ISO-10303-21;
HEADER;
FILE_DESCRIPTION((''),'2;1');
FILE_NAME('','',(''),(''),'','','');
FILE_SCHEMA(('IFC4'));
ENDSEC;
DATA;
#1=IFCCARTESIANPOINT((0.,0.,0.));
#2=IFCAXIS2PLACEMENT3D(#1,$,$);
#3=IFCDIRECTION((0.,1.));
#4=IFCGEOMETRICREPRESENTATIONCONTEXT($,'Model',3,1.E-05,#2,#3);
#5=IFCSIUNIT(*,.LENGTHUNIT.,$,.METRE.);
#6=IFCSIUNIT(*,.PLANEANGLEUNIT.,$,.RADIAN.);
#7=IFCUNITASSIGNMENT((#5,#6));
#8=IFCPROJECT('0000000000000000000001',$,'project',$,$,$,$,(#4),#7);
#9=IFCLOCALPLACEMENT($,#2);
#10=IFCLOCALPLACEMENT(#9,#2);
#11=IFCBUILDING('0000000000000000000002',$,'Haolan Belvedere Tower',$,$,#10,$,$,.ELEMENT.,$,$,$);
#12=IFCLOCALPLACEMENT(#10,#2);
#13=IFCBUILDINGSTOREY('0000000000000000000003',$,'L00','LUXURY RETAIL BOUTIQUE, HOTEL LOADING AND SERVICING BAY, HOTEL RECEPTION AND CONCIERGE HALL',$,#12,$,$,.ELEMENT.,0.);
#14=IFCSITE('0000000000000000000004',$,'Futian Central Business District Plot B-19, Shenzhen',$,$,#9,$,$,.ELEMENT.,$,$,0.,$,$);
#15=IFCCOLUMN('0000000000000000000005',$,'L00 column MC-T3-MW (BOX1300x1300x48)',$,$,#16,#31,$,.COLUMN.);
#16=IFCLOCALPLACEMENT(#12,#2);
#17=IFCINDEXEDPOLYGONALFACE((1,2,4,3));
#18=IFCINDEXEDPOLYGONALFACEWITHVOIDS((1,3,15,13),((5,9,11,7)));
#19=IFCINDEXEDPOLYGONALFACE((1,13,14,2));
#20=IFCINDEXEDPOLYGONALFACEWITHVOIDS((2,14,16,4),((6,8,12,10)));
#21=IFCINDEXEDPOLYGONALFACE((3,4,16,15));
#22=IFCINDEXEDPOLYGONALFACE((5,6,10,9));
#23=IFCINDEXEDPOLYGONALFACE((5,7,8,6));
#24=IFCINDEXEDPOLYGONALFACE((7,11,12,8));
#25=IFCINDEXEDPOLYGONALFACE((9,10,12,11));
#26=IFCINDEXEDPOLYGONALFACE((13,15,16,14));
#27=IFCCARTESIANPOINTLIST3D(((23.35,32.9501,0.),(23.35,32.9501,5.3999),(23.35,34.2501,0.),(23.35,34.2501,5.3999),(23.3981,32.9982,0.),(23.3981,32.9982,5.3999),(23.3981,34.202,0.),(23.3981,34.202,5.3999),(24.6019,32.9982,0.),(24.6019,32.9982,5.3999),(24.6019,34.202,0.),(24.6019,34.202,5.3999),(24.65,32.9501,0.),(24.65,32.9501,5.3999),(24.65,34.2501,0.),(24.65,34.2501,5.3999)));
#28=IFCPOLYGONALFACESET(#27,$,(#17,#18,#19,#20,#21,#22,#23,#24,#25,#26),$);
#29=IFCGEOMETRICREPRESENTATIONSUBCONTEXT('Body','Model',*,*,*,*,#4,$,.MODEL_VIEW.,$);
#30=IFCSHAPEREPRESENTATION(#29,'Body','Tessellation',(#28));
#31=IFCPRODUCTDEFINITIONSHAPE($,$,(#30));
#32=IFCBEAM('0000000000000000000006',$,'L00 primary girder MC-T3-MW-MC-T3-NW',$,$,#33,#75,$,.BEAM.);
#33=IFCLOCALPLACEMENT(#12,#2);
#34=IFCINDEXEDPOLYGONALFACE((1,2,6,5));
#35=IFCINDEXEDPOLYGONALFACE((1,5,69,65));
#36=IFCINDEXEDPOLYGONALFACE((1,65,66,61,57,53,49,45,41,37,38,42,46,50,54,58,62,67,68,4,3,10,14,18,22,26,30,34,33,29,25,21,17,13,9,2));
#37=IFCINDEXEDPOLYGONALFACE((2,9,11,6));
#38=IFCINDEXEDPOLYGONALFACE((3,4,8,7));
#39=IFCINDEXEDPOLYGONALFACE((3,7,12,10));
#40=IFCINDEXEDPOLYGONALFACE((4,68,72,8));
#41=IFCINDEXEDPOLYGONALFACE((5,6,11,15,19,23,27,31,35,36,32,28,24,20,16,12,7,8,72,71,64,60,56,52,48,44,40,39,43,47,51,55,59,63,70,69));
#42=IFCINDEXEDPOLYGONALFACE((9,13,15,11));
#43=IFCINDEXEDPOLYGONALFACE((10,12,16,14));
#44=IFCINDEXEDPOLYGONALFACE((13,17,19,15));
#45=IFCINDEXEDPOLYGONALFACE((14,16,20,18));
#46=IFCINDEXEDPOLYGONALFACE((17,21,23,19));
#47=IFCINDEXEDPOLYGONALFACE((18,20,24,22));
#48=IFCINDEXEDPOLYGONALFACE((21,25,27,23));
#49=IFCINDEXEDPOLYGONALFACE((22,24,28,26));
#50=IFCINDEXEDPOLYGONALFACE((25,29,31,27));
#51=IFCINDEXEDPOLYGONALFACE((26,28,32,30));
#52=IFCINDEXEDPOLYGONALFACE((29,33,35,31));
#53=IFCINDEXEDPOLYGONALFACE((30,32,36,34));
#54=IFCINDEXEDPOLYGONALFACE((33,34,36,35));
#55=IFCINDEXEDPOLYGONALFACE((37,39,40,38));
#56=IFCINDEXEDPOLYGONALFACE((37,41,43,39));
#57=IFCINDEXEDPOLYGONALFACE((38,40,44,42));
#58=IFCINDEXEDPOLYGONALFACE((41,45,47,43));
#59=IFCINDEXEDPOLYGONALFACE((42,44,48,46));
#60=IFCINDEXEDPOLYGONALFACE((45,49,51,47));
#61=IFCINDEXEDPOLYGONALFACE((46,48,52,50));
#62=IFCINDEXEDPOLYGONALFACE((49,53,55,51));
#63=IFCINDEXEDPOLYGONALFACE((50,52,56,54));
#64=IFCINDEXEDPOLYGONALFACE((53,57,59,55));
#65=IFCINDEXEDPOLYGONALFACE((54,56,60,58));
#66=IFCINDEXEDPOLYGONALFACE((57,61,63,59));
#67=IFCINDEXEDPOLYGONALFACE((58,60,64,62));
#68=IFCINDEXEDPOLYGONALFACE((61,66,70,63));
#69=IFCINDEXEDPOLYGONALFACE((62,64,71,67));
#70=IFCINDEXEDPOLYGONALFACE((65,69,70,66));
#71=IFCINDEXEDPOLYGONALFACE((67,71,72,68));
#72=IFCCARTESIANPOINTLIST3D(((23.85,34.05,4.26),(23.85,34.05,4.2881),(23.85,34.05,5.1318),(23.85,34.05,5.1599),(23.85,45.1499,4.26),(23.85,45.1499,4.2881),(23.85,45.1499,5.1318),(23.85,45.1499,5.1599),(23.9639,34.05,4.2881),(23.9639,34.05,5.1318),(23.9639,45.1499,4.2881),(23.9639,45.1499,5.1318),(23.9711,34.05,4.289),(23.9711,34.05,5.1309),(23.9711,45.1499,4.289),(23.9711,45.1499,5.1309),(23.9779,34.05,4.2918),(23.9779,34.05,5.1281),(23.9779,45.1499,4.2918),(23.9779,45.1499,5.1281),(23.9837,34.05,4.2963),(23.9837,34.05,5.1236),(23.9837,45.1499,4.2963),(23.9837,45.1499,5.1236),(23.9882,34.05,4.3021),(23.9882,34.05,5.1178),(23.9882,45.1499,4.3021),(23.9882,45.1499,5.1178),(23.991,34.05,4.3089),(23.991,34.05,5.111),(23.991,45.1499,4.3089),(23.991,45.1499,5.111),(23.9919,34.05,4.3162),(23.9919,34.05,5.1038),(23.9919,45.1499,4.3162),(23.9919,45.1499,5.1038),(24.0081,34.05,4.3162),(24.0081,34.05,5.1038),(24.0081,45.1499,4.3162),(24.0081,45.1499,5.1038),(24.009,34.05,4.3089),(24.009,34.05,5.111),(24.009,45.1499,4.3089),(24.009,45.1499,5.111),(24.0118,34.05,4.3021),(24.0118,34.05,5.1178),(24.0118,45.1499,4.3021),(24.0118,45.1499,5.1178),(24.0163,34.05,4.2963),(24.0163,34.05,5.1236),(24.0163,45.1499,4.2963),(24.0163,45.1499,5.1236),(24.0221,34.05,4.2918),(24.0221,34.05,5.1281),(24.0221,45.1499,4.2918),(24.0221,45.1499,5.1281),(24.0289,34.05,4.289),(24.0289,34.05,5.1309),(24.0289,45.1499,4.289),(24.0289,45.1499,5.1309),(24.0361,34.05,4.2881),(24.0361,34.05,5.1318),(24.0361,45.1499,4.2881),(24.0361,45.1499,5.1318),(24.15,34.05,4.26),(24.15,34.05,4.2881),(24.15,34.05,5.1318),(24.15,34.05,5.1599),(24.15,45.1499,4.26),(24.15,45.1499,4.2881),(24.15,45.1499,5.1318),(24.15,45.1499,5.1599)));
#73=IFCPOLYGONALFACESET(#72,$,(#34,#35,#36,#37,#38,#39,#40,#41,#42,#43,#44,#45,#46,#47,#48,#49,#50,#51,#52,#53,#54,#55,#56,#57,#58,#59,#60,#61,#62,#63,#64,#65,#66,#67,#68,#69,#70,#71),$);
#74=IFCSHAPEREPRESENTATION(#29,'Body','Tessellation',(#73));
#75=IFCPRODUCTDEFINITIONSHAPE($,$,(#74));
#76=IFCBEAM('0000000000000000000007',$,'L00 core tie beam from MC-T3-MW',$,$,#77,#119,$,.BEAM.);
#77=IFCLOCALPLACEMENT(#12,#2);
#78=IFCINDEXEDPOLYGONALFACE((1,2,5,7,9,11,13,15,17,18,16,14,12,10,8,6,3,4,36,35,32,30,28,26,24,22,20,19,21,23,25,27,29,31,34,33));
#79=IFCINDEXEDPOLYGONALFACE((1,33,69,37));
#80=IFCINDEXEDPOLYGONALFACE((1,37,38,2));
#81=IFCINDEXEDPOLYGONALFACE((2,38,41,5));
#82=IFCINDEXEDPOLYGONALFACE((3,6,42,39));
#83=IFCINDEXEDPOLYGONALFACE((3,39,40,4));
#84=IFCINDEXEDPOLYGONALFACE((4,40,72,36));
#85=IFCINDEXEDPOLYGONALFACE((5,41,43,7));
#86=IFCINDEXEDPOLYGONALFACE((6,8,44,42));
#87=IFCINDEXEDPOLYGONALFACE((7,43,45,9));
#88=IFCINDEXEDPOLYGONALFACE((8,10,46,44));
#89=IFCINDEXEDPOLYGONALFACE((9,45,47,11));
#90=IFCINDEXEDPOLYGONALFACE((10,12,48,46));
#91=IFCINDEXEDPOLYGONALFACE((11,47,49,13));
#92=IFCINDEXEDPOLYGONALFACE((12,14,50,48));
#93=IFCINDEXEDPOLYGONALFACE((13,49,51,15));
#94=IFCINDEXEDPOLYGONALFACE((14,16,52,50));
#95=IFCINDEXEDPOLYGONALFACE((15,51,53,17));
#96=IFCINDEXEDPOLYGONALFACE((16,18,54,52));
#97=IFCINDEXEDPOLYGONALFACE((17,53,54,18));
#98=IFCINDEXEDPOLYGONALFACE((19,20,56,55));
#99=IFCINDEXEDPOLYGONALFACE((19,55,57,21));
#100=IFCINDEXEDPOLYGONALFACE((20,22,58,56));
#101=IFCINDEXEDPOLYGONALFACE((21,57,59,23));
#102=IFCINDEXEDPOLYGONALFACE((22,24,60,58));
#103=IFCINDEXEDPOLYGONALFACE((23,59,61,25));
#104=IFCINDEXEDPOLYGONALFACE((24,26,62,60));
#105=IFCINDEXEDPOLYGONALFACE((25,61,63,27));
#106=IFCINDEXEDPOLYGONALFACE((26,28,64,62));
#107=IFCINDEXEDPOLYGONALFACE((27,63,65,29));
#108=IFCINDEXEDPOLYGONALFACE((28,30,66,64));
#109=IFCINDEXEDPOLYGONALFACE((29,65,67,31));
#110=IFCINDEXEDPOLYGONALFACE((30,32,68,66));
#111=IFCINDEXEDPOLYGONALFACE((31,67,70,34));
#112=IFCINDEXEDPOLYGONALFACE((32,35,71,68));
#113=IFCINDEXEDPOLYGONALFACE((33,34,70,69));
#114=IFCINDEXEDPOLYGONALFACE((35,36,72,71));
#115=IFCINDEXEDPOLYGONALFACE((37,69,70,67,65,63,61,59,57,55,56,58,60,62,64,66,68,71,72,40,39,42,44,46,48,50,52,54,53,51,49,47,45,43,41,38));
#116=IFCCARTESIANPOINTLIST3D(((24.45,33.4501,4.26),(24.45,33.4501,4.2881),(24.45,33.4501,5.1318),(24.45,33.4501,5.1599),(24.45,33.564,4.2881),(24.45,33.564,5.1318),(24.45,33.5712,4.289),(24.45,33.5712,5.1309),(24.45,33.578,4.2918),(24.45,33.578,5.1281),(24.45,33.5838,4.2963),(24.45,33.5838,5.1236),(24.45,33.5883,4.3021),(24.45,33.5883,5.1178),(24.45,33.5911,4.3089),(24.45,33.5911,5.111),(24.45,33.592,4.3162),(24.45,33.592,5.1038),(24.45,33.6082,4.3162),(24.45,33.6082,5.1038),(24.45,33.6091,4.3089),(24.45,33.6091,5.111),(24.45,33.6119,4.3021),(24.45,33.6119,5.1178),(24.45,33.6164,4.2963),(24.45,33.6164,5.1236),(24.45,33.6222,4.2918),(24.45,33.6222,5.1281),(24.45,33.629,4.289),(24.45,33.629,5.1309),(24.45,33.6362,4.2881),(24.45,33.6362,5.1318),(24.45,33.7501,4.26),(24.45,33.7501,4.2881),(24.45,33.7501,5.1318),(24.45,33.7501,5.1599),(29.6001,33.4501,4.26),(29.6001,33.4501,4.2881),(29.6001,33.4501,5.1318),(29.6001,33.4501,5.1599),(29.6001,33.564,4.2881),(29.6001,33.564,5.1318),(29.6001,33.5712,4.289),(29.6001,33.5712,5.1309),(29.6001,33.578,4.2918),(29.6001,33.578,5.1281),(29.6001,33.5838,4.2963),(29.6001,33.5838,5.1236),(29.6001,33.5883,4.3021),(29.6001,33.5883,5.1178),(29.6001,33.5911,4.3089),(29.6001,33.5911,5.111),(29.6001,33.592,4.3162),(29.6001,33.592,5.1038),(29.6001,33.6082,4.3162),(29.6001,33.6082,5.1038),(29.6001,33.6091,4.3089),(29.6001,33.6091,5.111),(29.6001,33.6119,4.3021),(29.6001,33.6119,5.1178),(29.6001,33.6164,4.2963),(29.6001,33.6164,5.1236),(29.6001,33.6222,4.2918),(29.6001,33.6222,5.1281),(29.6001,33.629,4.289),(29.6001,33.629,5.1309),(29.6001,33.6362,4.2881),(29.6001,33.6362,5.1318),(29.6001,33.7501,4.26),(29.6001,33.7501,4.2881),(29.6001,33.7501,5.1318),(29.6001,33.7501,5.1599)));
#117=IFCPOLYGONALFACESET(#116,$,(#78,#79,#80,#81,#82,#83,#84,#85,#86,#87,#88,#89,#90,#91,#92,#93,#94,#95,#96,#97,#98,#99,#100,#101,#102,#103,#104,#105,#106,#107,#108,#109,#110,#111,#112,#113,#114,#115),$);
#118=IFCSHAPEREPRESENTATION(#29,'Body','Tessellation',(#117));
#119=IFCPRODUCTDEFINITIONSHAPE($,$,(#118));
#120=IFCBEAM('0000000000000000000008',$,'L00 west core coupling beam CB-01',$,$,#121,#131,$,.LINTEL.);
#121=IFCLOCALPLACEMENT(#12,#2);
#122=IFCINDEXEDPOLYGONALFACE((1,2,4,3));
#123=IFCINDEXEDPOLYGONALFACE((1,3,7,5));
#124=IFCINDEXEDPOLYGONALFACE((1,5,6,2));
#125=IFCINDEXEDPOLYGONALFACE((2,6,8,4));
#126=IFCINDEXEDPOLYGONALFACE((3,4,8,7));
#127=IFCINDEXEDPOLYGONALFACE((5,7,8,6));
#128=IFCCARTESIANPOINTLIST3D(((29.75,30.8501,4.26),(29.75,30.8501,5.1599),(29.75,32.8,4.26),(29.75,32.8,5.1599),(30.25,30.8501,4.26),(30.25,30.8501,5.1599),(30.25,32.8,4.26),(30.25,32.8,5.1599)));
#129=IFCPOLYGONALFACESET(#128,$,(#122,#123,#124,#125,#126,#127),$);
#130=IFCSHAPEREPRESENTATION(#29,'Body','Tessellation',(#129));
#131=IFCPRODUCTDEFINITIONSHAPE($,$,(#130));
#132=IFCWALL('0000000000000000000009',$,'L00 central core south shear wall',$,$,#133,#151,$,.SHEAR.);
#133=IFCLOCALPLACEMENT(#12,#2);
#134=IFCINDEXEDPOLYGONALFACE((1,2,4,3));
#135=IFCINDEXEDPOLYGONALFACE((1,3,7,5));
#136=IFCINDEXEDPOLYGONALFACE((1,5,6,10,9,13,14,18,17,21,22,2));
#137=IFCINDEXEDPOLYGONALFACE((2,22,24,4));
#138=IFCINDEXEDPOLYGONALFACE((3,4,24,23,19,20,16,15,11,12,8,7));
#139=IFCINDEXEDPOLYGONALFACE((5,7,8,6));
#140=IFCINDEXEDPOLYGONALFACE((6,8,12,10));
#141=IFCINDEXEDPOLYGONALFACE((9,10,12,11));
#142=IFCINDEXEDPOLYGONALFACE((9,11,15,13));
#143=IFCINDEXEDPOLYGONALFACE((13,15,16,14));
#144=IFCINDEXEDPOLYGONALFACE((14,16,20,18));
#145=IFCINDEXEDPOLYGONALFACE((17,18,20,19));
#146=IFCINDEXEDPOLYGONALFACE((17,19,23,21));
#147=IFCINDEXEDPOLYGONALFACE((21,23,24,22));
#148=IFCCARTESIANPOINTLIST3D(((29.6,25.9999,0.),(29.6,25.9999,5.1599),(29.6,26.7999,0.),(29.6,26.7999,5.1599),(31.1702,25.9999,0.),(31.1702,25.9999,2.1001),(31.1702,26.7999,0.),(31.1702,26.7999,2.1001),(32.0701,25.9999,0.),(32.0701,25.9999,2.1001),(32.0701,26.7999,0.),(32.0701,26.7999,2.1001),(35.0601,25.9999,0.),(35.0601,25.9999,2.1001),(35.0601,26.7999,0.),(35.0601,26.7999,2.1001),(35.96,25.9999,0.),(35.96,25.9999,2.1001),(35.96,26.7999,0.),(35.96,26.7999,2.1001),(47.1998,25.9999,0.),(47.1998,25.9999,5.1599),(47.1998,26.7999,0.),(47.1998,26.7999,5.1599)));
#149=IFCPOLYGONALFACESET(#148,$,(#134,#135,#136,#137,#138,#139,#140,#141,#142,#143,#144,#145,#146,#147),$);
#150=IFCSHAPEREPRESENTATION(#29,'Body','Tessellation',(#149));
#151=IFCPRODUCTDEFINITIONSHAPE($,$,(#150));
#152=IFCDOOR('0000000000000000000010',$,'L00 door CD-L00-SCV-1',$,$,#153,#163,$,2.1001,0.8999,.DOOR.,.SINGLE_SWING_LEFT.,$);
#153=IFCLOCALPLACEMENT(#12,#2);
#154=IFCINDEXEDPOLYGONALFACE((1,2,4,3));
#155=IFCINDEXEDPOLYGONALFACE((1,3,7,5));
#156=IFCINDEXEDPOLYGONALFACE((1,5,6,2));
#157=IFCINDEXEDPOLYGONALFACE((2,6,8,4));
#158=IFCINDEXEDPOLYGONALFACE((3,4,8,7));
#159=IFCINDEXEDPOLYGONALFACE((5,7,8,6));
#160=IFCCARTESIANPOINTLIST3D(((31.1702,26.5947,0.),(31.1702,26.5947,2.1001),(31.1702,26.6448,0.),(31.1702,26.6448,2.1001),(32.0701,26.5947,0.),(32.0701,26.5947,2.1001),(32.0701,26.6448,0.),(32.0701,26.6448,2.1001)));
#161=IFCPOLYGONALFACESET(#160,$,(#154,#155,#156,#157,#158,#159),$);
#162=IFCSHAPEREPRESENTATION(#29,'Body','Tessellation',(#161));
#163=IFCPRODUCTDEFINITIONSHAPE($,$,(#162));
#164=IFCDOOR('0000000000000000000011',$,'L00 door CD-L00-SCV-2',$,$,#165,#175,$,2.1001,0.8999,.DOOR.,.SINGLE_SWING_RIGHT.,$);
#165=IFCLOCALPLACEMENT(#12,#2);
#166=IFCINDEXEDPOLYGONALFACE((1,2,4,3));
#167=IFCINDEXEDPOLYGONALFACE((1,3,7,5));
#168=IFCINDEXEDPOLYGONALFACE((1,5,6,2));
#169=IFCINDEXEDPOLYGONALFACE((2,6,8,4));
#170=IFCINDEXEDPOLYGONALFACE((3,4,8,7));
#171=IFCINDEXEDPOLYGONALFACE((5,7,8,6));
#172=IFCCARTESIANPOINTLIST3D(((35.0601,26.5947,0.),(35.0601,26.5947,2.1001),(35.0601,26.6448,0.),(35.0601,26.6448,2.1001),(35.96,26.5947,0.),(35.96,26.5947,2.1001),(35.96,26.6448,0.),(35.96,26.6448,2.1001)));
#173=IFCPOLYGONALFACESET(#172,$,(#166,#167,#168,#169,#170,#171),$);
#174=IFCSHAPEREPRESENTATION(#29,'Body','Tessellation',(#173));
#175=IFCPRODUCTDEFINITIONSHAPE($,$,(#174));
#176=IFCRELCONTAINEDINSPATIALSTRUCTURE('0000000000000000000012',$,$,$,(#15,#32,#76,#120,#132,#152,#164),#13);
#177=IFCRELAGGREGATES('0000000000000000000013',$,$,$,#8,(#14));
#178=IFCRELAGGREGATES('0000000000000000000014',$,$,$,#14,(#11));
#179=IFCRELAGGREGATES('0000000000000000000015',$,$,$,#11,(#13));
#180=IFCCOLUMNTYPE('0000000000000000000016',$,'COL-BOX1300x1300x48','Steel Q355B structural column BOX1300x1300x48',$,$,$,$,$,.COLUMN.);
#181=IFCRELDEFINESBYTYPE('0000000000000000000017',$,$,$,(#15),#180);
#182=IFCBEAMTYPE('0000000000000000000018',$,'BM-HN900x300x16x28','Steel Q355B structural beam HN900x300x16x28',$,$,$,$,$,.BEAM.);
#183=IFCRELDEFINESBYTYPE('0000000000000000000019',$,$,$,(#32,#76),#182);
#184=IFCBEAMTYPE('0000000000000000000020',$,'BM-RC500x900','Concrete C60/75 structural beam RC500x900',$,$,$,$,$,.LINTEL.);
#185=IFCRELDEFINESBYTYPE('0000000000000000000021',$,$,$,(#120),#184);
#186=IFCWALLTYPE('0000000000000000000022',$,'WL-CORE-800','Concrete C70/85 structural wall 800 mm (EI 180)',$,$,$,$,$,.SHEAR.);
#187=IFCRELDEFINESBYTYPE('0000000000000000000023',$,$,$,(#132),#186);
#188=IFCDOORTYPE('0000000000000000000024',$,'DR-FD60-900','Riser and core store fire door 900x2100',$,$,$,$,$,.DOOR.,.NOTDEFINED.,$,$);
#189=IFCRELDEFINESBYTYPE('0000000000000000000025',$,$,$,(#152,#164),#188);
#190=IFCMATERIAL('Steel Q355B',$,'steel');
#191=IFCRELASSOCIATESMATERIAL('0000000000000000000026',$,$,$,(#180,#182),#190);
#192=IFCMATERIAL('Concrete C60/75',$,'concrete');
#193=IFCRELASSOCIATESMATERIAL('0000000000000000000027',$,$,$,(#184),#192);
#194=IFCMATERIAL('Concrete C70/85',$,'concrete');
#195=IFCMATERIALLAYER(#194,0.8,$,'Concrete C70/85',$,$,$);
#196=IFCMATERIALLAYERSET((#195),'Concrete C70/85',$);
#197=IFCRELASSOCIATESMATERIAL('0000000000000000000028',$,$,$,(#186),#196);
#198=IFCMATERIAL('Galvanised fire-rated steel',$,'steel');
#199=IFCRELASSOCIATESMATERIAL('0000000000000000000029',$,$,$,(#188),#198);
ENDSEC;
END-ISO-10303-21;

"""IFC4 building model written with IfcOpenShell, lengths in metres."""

from ifc_helpers import new_model, si_unit, direction, frame, frame_2d, origin, origin_2d, place, context, subcontext, project, spatial, rectangle, hollow_rectangle, i_section, extrude, material, layer, layer_set, material_profile, profile_set, type_object, element, fill, save


model = new_model("IFC4")

# Units and contexts
model_context = context("Model", 3, precision=1e-05, world=origin(), true_north=direction((0.0, 1.0)))
body_context = subcontext(model_context, "Body", "Model", "MODEL_VIEW")
ifc_project = project(units=[si_unit("LENGTHUNIT", "METRE"), si_unit("PLANEANGLEUNIT", "RADIAN")], contexts=[model_context])

# Site, building, storey
site_placement = place(None, origin())
site = spatial("IfcSite", under=ifc_project, at=site_placement, Name="Futian Central Business District Plot B-19, Shenzhen", CompositionType="ELEMENT", RefElevation=0.0)
building_placement = place(site_placement, origin())
building = spatial("IfcBuilding", under=site, at=building_placement, Name="Haolan Belvedere Tower", CompositionType="ELEMENT")
storey_placement = place(building_placement, origin())
storey = spatial("IfcBuildingStorey", under=building, at=storey_placement, Name="L00", Description="LUXURY RETAIL BOUTIQUE, HOTEL LOADING AND SERVICING BAY, HOTEL RECEPTION AND CONCIERGE HALL", CompositionType="ELEMENT", Elevation=0.0)

# Column
ifc_material_1 = material(Name="Steel Q355B", Category="steel")
ifc_material_profile_1 = material_profile(ifc_material_1, hollow_rectangle(XDim=1.3, YDim=1.3, WallThickness=0.0481, at=origin_2d()), Name="Steel Q355B")
ifc_profile_set_1 = profile_set([ifc_material_profile_1], Name="Steel Q355B")
column_type = type_object("IfcColumnType", Name="COL-BOX1300x1300x48", Description="Steel Q355B structural column BOX1300x1300x48", PredefinedType="COLUMN", material=ifc_profile_set_1)
column_placement = place(storey_placement, frame((24.0, 33.6001, 0.0), z_axis=(0.0, 0.0, 1.0), x_axis=(1.0, 0.0, 0.0)))
element("IfcColumn", 1, at=column_placement, inside=storey, type_object=column_type, Name="L00 column MC-T3-MW (BOX1300x1300x48)", PredefinedType="COLUMN", context=body_context, shape_type="SweptSolid", body=[
    extrude(hollow_rectangle(XDim=1.3, YDim=1.3, WallThickness=0.0481, at=origin_2d()), origin(), (0.0, 0.0, 1.0), 5.3999),
])

# Beams
ifc_material_profile_2 = material_profile(ifc_material_1, i_section(OverallWidth=0.3, OverallDepth=0.8999, WebThickness=0.0161, FlangeThickness=0.0281, FilletRadius=0.0281, at=origin_2d()), Name="Steel Q355B")
ifc_profile_set_2 = profile_set([ifc_material_profile_2], Name="Steel Q355B")
beam_type_1 = type_object("IfcBeamType", Name="BM-HN900x300x16x28", Description="Steel Q355B structural beam HN900x300x16x28", PredefinedType="BEAM", material=ifc_profile_set_2)
beam_1_placement = place(storey_placement, frame((24.0, 34.05, 4.71), z_axis=(0.0, 1.0, 0.0), x_axis=(-1.0, 0.0, 0.0)))
element("IfcBeam", 2, at=beam_1_placement, inside=storey, type_object=beam_type_1, Name="L00 primary girder MC-T3-MW-MC-T3-NW", PredefinedType="BEAM", context=body_context, shape_type="SweptSolid", body=[
    extrude(i_section(OverallWidth=0.3, OverallDepth=0.8999, WebThickness=0.0161, FlangeThickness=0.0281, FilletRadius=0.0281, at=origin_2d()), origin(), (0.0, 0.0, 1.0), 11.0999),
])
beam_2_placement = place(storey_placement, frame((24.45, 33.6001, 4.71), z_axis=(1.0, 0.0, 0.0), x_axis=(0.0, 1.0, 0.0)))
element("IfcBeam", 3, at=beam_2_placement, inside=storey, type_object=beam_type_1, Name="L00 core tie beam from MC-T3-MW", PredefinedType="BEAM", context=body_context, shape_type="SweptSolid", body=[
    extrude(i_section(OverallWidth=0.3, OverallDepth=0.8999, WebThickness=0.0161, FlangeThickness=0.0281, FilletRadius=0.0281, at=origin_2d()), origin(), (0.0, 0.0, 1.0), 5.1501),
])
ifc_material_2 = material(Name="Concrete C60/75", Category="concrete")
ifc_material_profile_3 = material_profile(ifc_material_2, rectangle(XDim=0.5, YDim=0.8999, at=origin_2d()), Name="Concrete C60/75")
ifc_profile_set_3 = profile_set([ifc_material_profile_3], Name="Concrete C60/75")
beam_type_2 = type_object("IfcBeamType", Name="BM-RC500x900", Description="Concrete C60/75 structural beam RC500x900", PredefinedType="LINTEL", material=ifc_profile_set_3)
beam_3_placement = place(storey_placement, frame((30.0, 30.8501, 4.71), z_axis=(0.0, 1.0, 0.0), x_axis=(-1.0, 0.0, 0.0)))
element("IfcBeam", 4, at=beam_3_placement, inside=storey, type_object=beam_type_2, Name="L00 west core coupling beam CB-01", PredefinedType="LINTEL", context=body_context, shape_type="SweptSolid", body=[
    extrude(rectangle(XDim=0.5, YDim=0.8999, at=origin_2d()), origin(), (0.0, 0.0, 1.0), 1.95),
])

# Wall, openings, doors
ifc_material_3 = material(Name="Concrete C70/85", Category="concrete")
ifc_layer_1 = layer(ifc_material_3, 0.8, Name="Concrete C70/85")
ifc_layer_set_1 = layer_set([ifc_layer_1], Name="Concrete C70/85")
wall_type_1 = type_object("IfcWallType", Name="WL-CORE-800", Description="Concrete C70/85 structural wall 800 mm (EI 180)", PredefinedType="SHEAR", material=ifc_layer_set_1)
wall_1_placement = place(storey_placement, frame((29.6001, 26.3999, 0.0), z_axis=(0.0, 0.0, 1.0), x_axis=(1.0, 0.0, 0.0)))
wall_1 = element("IfcWall", 5, at=wall_1_placement, inside=storey, type_object=wall_type_1, Name="L00 central core south shear wall", PredefinedType="SHEAR", context=body_context, shape_type="SweptSolid", body=[
    extrude(rectangle(XDim=17.5999, YDim=0.8, at=frame_2d((8.7998, 0.0))), origin(), (0.0, 0.0, 1.0), 5.1599),
])
opening_1_placement = place(wall_1_placement, frame((2.47, 0.0, 0.0), z_axis=(0.0, 0.0, 1.0), x_axis=(-1.0, 0.0, 0.0)))
opening_1 = element("IfcOpeningElement", 6, at=opening_1_placement, cuts=wall_1, PredefinedType="OPENING", context=body_context, shape_type="SweptSolid", body=[
    extrude(rectangle(XDim=0.8999, YDim=2.1001, at=frame_2d((0.45, 1.05))), frame((0.0, 0.4099, 0.0), z_axis=(0.0, -1.0, 0.0), x_axis=(1.0, 0.0, 0.0)), (0.0, 0.0, 1.0), 0.8201),
])
opening_2_placement = place(wall_1_placement, frame((6.3599, 0.0, 0.0), z_axis=(0.0, 0.0, 1.0), x_axis=(-1.0, 0.0, 0.0)))
opening_2 = element("IfcOpeningElement", 7, at=opening_2_placement, cuts=wall_1, PredefinedType="OPENING", context=body_context, shape_type="SweptSolid", body=[
    extrude(rectangle(XDim=0.8999, YDim=2.1001, at=frame_2d((0.45, 1.05))), frame((0.0, 0.4099, 0.0), z_axis=(0.0, -1.0, 0.0), x_axis=(1.0, 0.0, 0.0)), (0.0, 0.0, 1.0), 0.8201),
])
ifc_material_4 = material(Name="Galvanised fire-rated steel", Category="steel")
door_type_1 = type_object("IfcDoorType", Name="DR-FD60-900", Description="Riser and core store fire door 900x2100", OperationType="NOTDEFINED", PredefinedType="DOOR", material=ifc_material_4)
door_1_placement = place(opening_1_placement, origin())
door_1 = element("IfcDoor", 8, at=door_1_placement, inside=storey, type_object=door_type_1, Name="L00 door CD-L00-SCV-1", OperationType="SINGLE_SWING_LEFT", OverallHeight=2.1001, OverallWidth=0.8999, PredefinedType="DOOR", context=body_context, shape_type="SweptSolid", body=[
    extrude(rectangle(XDim=0.8999, YDim=2.1001, at=frame_2d((0.45, 1.05))), frame((0.0, -0.1948, 0.0), z_axis=(0.0, -1.0, 0.0), x_axis=(1.0, 0.0, 0.0)), (0.0, 0.0, 1.0), 0.05),
])
fill(opening_1, door_1)
door_2_placement = place(opening_2_placement, origin())
door_2 = element("IfcDoor", 9, at=door_2_placement, inside=storey, type_object=door_type_1, Name="L00 door CD-L00-SCV-2", OperationType="SINGLE_SWING_RIGHT", OverallHeight=2.1001, OverallWidth=0.8999, PredefinedType="DOOR", context=body_context, shape_type="SweptSolid", body=[
    extrude(rectangle(XDim=0.8999, YDim=2.1001, at=frame_2d((0.45, 1.05))), frame((0.0, -0.1948, 0.0), z_axis=(0.0, -1.0, 0.0), x_axis=(1.0, 0.0, 0.0)), (0.0, 0.0, 1.0), 0.05),
])
fill(opening_2, door_2)

save(model, "model.ifc")
